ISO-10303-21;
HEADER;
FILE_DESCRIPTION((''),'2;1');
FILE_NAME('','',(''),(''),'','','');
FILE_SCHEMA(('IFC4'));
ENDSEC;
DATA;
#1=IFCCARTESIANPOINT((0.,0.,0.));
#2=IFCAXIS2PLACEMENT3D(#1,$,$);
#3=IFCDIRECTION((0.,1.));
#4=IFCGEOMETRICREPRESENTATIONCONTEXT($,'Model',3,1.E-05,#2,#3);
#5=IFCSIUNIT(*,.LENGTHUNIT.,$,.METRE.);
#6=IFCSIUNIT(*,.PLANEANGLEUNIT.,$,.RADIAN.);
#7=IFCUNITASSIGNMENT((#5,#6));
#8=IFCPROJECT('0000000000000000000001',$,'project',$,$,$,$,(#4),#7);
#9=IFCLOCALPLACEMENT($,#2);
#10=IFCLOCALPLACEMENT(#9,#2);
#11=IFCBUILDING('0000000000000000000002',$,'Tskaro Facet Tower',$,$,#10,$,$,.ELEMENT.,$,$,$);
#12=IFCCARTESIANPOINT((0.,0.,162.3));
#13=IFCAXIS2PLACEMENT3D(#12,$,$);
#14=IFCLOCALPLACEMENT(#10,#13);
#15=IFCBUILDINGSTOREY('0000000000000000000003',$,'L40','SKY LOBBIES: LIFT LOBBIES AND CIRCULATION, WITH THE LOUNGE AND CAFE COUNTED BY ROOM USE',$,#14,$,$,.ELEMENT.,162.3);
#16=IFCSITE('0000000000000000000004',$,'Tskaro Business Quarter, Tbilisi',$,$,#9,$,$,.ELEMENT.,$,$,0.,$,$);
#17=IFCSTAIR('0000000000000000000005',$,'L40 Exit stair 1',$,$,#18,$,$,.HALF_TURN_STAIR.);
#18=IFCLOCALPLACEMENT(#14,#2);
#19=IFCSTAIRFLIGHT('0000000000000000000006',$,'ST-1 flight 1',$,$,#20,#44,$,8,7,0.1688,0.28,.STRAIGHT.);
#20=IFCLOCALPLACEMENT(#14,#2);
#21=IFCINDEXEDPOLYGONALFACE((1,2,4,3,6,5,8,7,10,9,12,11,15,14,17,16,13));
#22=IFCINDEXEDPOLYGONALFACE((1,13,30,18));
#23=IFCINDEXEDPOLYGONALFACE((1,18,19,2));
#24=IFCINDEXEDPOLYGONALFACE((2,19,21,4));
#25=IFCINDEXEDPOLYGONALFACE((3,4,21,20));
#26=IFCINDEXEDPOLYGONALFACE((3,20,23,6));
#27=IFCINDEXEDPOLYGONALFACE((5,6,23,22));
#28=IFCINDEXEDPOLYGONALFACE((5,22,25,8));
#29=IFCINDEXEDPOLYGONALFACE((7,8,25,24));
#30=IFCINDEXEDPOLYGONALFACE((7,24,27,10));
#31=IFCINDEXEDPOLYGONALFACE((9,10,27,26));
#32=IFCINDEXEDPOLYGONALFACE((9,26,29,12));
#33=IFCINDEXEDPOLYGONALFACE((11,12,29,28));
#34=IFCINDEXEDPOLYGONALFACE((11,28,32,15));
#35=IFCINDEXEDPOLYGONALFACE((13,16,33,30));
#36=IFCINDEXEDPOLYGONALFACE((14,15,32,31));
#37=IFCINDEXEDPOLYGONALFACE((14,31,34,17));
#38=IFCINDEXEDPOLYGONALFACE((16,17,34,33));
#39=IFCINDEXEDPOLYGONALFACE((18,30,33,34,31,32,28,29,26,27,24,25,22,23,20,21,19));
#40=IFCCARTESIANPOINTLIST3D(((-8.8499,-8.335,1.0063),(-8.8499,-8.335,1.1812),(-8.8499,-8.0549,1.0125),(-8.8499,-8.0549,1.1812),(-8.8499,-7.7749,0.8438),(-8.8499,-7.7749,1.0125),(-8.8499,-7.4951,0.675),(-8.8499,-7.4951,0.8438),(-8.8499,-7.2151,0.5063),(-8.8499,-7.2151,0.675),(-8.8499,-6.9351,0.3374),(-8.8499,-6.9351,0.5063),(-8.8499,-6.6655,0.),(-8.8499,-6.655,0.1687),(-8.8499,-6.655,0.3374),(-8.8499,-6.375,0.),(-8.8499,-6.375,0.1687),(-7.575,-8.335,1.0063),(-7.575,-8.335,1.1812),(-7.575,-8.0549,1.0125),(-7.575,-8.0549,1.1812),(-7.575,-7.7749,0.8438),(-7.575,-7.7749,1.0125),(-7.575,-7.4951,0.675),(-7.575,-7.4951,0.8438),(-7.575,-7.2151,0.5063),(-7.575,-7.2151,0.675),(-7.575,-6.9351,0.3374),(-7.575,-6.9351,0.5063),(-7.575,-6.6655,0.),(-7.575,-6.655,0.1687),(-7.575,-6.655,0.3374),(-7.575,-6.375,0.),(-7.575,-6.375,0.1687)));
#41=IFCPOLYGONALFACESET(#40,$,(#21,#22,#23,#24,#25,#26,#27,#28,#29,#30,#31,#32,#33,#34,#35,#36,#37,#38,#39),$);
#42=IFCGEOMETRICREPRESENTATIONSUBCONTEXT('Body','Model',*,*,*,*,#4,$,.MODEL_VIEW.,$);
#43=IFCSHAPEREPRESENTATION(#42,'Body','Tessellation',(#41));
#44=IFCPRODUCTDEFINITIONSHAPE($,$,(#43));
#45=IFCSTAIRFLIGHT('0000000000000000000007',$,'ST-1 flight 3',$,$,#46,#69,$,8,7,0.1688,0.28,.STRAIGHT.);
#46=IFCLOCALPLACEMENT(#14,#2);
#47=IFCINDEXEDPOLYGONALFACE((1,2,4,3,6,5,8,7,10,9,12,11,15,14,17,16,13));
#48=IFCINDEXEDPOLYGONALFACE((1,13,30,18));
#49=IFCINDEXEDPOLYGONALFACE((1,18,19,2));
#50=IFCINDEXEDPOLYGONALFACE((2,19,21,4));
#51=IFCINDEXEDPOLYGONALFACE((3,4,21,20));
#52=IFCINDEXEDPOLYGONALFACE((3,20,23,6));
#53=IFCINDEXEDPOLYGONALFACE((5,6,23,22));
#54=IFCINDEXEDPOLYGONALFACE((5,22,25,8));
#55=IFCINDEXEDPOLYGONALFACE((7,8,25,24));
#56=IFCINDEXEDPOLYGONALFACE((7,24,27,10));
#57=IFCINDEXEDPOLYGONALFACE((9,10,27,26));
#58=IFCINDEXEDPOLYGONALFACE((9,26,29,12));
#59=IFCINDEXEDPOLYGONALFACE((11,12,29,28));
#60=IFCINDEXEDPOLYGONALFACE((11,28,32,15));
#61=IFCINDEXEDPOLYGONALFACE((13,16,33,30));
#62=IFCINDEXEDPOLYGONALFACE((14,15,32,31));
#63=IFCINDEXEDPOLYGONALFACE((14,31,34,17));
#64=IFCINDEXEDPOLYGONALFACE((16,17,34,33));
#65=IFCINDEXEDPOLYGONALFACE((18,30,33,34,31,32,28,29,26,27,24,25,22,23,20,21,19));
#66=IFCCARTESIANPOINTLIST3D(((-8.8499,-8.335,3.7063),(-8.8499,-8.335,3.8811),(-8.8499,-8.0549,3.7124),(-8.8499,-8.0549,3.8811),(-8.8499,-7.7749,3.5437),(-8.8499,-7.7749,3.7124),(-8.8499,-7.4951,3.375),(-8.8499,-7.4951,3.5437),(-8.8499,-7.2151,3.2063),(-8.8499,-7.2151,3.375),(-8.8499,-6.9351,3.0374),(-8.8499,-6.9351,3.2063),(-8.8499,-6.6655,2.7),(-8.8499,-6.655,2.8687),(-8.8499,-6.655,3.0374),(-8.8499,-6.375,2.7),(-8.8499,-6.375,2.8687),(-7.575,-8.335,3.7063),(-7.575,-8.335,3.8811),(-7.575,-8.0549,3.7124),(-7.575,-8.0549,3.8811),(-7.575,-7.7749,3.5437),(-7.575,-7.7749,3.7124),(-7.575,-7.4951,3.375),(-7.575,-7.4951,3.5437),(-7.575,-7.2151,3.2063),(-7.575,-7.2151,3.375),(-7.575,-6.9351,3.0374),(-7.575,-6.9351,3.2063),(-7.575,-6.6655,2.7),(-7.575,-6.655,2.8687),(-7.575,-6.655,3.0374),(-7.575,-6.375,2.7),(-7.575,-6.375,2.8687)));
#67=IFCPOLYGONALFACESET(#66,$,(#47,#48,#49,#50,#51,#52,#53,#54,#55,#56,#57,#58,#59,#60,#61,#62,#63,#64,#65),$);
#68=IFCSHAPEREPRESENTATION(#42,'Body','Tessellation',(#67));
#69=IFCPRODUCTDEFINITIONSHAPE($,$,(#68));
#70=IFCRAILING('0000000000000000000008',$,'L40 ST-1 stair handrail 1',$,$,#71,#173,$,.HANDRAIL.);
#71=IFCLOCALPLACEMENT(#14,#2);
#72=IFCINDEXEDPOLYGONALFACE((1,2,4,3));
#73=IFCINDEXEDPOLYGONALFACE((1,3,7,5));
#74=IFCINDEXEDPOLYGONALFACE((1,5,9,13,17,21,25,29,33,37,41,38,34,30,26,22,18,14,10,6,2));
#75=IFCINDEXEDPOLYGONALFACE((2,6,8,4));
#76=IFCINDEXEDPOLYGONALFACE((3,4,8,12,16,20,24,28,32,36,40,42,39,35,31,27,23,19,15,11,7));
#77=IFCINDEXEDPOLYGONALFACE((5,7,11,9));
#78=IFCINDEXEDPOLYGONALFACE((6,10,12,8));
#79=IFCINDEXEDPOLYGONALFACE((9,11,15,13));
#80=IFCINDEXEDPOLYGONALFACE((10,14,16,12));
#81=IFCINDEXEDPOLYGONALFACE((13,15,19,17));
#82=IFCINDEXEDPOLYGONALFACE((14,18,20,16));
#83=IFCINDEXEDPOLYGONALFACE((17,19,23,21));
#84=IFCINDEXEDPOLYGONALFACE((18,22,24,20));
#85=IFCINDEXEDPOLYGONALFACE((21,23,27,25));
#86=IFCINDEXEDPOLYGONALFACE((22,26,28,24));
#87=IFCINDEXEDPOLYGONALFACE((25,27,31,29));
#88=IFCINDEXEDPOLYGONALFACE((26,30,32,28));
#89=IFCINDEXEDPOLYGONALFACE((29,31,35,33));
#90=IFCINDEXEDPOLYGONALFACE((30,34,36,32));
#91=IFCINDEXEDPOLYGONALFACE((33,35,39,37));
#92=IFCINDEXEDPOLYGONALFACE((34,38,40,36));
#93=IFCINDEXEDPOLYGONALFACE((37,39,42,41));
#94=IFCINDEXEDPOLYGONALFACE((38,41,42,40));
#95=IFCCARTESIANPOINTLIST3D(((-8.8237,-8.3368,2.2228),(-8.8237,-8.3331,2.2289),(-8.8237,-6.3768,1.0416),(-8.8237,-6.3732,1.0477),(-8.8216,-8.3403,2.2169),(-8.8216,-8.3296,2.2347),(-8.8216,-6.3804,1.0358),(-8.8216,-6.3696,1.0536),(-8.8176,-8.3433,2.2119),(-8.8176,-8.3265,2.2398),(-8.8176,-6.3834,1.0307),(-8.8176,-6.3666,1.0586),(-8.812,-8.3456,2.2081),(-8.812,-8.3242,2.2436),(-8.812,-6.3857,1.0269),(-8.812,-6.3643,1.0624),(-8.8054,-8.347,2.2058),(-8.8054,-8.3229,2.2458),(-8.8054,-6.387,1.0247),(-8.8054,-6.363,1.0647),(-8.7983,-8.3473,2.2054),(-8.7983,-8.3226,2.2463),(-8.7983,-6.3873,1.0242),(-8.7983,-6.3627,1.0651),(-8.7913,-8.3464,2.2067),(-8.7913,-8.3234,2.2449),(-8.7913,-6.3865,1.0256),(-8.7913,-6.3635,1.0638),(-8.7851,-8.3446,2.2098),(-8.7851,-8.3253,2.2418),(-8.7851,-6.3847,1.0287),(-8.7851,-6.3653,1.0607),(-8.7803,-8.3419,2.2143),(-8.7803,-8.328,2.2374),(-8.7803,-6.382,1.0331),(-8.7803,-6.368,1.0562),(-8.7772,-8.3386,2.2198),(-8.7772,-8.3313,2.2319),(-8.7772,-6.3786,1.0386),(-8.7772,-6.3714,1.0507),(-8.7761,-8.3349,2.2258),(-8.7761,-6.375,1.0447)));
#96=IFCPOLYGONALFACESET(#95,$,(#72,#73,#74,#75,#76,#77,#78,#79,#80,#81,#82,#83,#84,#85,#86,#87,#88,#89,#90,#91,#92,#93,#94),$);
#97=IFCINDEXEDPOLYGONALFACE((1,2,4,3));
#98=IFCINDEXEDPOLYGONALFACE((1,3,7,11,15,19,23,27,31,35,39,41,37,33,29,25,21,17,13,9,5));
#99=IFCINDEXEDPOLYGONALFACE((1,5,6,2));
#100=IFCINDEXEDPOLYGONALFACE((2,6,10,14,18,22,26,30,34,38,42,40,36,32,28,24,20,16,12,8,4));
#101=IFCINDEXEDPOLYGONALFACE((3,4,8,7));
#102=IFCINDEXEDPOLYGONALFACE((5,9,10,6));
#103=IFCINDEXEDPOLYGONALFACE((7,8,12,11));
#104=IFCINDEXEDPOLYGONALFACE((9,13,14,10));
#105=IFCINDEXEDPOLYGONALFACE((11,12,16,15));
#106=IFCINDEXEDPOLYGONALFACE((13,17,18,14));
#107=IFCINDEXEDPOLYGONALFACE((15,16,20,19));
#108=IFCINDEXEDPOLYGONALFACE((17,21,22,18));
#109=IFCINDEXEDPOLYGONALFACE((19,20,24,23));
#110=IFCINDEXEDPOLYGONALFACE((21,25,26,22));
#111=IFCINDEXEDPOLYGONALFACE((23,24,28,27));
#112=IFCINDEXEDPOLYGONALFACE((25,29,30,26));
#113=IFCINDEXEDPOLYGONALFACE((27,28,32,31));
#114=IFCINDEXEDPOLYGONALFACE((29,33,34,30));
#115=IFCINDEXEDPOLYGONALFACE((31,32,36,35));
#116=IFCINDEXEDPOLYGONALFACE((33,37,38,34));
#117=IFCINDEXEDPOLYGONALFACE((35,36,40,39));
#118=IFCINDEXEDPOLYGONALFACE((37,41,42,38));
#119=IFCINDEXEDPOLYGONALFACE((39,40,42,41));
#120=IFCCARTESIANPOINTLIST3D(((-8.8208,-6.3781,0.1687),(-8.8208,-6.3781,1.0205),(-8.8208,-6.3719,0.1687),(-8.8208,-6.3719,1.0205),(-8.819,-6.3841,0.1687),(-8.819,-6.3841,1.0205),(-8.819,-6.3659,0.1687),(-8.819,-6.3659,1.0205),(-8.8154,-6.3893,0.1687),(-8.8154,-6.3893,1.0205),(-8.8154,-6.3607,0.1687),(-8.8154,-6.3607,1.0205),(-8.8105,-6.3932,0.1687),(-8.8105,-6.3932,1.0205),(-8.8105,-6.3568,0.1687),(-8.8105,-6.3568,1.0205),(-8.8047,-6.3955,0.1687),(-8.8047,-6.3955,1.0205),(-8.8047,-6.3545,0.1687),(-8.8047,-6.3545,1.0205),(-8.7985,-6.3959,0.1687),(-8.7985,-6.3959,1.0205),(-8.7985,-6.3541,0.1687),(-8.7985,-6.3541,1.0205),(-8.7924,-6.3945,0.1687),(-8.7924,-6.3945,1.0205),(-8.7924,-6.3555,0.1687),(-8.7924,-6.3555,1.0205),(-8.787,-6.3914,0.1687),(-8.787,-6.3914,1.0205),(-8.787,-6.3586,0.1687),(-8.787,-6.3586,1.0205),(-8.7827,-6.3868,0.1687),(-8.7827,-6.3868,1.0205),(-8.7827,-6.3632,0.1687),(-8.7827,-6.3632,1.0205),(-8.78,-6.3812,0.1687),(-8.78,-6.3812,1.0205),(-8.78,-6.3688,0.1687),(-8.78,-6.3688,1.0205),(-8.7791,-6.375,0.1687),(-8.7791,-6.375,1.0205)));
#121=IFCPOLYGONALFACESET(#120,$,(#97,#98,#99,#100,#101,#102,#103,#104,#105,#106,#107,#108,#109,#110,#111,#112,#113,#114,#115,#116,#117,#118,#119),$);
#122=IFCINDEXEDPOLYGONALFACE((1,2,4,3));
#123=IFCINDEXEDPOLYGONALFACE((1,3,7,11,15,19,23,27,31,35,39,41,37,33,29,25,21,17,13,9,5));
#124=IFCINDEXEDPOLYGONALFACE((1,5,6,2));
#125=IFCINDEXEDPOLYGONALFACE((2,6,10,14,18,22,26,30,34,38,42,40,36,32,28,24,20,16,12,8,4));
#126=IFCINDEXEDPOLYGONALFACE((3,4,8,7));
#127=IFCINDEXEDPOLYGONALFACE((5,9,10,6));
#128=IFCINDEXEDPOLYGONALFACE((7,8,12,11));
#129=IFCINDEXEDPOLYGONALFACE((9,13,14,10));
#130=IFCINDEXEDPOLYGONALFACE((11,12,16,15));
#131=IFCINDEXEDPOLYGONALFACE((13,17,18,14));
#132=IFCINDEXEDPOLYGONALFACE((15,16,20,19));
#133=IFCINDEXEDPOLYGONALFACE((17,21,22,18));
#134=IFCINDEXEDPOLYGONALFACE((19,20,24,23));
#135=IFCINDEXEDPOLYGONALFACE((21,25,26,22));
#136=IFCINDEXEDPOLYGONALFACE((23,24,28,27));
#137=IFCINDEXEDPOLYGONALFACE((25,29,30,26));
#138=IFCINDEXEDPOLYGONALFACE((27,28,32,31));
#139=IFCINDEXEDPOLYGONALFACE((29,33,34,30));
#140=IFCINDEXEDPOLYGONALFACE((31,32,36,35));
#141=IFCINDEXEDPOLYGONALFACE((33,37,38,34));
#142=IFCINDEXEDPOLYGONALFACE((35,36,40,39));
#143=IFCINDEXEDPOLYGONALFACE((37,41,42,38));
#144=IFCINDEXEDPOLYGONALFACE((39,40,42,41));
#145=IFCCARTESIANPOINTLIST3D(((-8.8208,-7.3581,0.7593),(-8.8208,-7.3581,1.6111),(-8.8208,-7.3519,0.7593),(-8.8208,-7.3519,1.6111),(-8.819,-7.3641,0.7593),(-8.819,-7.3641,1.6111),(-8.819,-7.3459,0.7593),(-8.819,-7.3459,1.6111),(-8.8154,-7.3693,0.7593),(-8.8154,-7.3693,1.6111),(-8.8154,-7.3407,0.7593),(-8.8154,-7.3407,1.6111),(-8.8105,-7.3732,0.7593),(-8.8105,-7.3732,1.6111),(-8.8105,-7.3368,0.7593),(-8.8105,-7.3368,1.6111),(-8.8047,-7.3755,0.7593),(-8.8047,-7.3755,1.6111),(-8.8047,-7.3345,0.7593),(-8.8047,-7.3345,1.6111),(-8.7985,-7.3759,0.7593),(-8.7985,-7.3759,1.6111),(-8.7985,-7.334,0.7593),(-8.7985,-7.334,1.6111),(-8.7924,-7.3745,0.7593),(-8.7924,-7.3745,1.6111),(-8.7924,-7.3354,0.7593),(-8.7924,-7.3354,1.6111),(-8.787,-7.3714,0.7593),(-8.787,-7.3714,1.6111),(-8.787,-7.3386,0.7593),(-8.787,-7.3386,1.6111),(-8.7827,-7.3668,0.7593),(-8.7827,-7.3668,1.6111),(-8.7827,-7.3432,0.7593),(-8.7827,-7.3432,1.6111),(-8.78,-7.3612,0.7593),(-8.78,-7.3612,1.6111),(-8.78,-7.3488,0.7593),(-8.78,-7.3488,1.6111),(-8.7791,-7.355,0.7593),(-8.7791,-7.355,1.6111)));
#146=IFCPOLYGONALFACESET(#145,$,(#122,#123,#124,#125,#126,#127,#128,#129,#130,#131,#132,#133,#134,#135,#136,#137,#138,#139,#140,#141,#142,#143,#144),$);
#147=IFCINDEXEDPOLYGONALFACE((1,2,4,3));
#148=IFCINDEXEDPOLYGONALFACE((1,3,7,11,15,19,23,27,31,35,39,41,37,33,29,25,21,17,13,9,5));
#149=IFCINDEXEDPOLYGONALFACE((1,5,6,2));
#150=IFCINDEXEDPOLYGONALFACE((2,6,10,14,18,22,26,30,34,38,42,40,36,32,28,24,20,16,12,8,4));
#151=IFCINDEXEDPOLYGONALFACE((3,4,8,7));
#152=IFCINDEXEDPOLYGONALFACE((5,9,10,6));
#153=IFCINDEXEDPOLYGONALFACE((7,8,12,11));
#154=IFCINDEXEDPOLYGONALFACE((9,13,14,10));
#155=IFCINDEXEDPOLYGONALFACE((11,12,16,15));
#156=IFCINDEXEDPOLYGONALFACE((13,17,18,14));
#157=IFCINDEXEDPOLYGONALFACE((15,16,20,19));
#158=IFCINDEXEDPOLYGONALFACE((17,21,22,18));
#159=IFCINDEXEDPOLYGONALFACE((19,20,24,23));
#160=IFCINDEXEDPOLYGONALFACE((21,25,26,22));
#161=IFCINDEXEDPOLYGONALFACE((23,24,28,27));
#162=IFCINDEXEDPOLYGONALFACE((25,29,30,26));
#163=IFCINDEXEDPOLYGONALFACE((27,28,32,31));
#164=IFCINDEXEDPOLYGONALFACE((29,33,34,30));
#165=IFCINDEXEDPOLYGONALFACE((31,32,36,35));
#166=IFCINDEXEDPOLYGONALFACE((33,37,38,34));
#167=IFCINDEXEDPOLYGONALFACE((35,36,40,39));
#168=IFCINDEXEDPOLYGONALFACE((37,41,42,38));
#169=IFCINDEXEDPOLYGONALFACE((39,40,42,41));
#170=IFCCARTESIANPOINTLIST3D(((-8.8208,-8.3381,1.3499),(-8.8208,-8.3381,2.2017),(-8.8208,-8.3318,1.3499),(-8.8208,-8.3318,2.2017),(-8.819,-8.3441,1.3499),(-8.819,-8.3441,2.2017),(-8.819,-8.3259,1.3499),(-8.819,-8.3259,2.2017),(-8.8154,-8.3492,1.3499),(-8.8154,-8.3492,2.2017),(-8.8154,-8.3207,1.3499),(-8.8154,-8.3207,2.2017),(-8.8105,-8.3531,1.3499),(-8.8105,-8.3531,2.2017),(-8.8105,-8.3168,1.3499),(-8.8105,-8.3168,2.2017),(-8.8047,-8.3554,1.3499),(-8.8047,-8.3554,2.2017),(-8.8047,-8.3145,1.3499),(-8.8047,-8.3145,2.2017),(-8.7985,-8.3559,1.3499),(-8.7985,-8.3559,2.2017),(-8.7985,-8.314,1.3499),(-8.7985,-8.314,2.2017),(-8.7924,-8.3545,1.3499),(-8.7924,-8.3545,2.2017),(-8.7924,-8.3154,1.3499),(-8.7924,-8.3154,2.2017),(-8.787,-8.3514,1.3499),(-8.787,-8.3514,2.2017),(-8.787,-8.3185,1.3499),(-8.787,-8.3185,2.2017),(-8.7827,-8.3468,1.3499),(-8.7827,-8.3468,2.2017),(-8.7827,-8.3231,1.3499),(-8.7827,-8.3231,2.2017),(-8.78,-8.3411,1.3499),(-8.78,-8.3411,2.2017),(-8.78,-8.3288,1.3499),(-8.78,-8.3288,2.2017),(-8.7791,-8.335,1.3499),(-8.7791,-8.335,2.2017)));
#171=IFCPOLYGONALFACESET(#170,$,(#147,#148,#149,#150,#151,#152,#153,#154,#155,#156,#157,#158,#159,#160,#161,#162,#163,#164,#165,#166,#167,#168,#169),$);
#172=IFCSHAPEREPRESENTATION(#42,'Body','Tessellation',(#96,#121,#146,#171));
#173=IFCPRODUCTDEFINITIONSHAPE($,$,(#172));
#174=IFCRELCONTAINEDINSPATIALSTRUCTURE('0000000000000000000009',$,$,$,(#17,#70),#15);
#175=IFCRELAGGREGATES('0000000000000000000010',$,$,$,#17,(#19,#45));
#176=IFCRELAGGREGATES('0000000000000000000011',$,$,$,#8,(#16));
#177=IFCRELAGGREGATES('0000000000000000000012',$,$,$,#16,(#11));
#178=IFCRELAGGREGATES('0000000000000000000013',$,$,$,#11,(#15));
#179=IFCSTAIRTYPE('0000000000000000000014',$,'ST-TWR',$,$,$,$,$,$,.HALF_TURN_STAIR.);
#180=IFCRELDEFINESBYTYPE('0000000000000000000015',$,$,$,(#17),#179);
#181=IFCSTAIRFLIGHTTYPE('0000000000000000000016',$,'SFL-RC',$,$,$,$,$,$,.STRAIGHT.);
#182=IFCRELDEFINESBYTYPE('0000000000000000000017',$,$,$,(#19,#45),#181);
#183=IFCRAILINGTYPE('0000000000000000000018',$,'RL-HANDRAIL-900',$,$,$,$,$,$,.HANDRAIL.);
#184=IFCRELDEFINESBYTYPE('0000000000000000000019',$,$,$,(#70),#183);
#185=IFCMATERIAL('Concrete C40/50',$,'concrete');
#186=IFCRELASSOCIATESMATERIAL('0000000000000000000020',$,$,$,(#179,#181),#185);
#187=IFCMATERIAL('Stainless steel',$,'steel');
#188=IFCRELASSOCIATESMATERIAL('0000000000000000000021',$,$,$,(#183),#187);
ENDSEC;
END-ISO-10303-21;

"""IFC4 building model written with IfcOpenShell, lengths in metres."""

from ifc_helpers import new_model, si_unit, direction, frame, origin, origin_2d, place, context, subcontext, project, spatial, polyline, circle, outline, extrude, material, type_object, element, aggregate, save


model = new_model("IFC4")

# Units and contexts
model_context = context("Model", 3, precision=1e-05, world=origin(), true_north=direction((0.0, 1.0)))
body_context = subcontext(model_context, "Body", "Model", "MODEL_VIEW")
ifc_project = project(units=[si_unit("LENGTHUNIT", "METRE"), si_unit("PLANEANGLEUNIT", "RADIAN")], contexts=[model_context])

# Site, building, storey
site_placement = place(None, origin())
site = spatial("IfcSite", under=ifc_project, at=site_placement, Name="Tskaro Business Quarter, Tbilisi", CompositionType="ELEMENT", RefElevation=0.0)
building_placement = place(site_placement, origin())
building = spatial("IfcBuilding", under=site, at=building_placement, Name="Tskaro Facet Tower", CompositionType="ELEMENT")
storey_placement = place(building_placement, frame((0.0, 0.0, 162.3)))
storey = spatial("IfcBuildingStorey", under=building, at=storey_placement, Name="L40", Description="SKY LOBBIES: LIFT LOBBIES AND CIRCULATION, WITH THE LOUNGE AND CAFE COUNTED BY ROOM USE", CompositionType="ELEMENT", Elevation=162.3)

# Shared definitions
ifc_material_1 = material(Name="Stainless steel", Category="steel")

# Stair, stair flights
ifc_material_2 = material(Name="Concrete C40/50", Category="concrete")
stair_type = type_object("IfcStairType", Name="ST-TWR", PredefinedType="HALF_TURN_STAIR", material=ifc_material_2)
stair_placement = place(storey_placement, origin())
stair = element("IfcStair", 1, at=stair_placement, inside=storey, type_object=stair_type, Name="L40 Exit stair 1", PredefinedType="HALF_TURN_STAIR")
stair_flight_type = type_object("IfcStairFlightType", Name="SFL-RC", PredefinedType="STRAIGHT", material=ifc_material_2)
stair_flight_1_placement = place(storey_placement, frame((-8.2124, -6.375, 0.0), z_axis=(0.0, 0.0, 1.0), x_axis=(0.0, -1.0, 0.0)))
stair_flight_1 = element("IfcStairFlight", 2, at=stair_flight_1_placement, type_object=stair_flight_type, Name="ST-1 flight 1", NumberOfRisers=8, NumberOfTreads=7, PredefinedType="STRAIGHT", RiserHeight=0.1688, TreadLength=0.28, context=body_context, shape_type="SweptSolid", body=[
    extrude(outline(polyline([(0.0, 0.0), (0.0, 0.1687), (0.28, 0.1687), (0.28, 0.3374), (0.5601, 0.3374), (0.5601, 0.5063), (0.8401, 0.5063), (0.8401, 0.675), (1.1201, 0.675), (1.1201, 0.8438), (1.3999, 0.8438), (1.3999, 1.0125), (1.6799, 1.0125), (1.6799, 1.1812), (1.96, 1.1812), (1.96, 1.3501), (1.96, 1.0063), (0.2905, 0.0), (0.0, 0.0)])), frame((0.0, 0.6375, 0.0), z_axis=(0.0, -1.0, 0.0), x_axis=(1.0, 0.0, 0.0)), (0.0, 0.0, 1.0), 1.2749),
])
stair_flight_2_placement = place(storey_placement, frame((-8.2124, -6.375, 2.7), z_axis=(0.0, 0.0, 1.0), x_axis=(0.0, -1.0, 0.0)))
stair_flight_2 = element("IfcStairFlight", 3, at=stair_flight_2_placement, type_object=stair_flight_type, Name="ST-1 flight 3", NumberOfRisers=8, NumberOfTreads=7, PredefinedType="STRAIGHT", RiserHeight=0.1688, TreadLength=0.28, context=body_context, shape_type="SweptSolid", body=[
    extrude(outline(polyline([(0.0, 0.0), (0.0, 0.1687), (0.28, 0.1687), (0.28, 0.3374), (0.5601, 0.3374), (0.5601, 0.5063), (0.8401, 0.5063), (0.8401, 0.675), (1.1201, 0.675), (1.1201, 0.8438), (1.3999, 0.8438), (1.3999, 1.0125), (1.6799, 1.0125), (1.6799, 1.1812), (1.96, 1.1812), (1.96, 1.3501), (1.96, 1.0063), (0.2905, 0.0), (0.0, 0.0)])), frame((0.0, 0.6375, 0.0), z_axis=(0.0, -1.0, 0.0), x_axis=(1.0, 0.0, 0.0)), (0.0, 0.0, 1.0), 1.2749),
])
aggregate(stair, [stair_flight_1, stair_flight_2])

# Railing
railing_type = type_object("IfcRailingType", Name="RL-HANDRAIL-900", PredefinedType="HANDRAIL", material=ifc_material_1)
railing_1_placement = place(storey_placement, frame((-8.8, -6.375, 0.1687)))
element("IfcRailing", 4, at=railing_1_placement, inside=storey, type_object=railing_type, Name="L40 ST-1 stair handrail 1", PredefinedType="HANDRAIL", context=body_context, shape_type="SweptSolid", body=[
    extrude(circle(Radius=0.0239, at=origin_2d()), frame((0.0, 0.0, 0.876), z_axis=(0.0, -0.856493, 0.516158), x_axis=(1.0, 0.0, 0.0)), (0.0, 0.0, 1.0), 2.2883),
    extrude(circle(Radius=0.021, at=origin_2d()), origin(), (0.0, 0.0, 1.0), 0.8518),
    extrude(circle(Radius=0.021, at=origin_2d()), frame((0.0, -0.98, 0.5906)), (0.0, 0.0, 1.0), 0.8518),
    extrude(circle(Radius=0.021, at=origin_2d()), frame((0.0, -1.96, 1.1812)), (0.0, 0.0, 1.0), 0.8518),
])

save(model, "model.ifc")
